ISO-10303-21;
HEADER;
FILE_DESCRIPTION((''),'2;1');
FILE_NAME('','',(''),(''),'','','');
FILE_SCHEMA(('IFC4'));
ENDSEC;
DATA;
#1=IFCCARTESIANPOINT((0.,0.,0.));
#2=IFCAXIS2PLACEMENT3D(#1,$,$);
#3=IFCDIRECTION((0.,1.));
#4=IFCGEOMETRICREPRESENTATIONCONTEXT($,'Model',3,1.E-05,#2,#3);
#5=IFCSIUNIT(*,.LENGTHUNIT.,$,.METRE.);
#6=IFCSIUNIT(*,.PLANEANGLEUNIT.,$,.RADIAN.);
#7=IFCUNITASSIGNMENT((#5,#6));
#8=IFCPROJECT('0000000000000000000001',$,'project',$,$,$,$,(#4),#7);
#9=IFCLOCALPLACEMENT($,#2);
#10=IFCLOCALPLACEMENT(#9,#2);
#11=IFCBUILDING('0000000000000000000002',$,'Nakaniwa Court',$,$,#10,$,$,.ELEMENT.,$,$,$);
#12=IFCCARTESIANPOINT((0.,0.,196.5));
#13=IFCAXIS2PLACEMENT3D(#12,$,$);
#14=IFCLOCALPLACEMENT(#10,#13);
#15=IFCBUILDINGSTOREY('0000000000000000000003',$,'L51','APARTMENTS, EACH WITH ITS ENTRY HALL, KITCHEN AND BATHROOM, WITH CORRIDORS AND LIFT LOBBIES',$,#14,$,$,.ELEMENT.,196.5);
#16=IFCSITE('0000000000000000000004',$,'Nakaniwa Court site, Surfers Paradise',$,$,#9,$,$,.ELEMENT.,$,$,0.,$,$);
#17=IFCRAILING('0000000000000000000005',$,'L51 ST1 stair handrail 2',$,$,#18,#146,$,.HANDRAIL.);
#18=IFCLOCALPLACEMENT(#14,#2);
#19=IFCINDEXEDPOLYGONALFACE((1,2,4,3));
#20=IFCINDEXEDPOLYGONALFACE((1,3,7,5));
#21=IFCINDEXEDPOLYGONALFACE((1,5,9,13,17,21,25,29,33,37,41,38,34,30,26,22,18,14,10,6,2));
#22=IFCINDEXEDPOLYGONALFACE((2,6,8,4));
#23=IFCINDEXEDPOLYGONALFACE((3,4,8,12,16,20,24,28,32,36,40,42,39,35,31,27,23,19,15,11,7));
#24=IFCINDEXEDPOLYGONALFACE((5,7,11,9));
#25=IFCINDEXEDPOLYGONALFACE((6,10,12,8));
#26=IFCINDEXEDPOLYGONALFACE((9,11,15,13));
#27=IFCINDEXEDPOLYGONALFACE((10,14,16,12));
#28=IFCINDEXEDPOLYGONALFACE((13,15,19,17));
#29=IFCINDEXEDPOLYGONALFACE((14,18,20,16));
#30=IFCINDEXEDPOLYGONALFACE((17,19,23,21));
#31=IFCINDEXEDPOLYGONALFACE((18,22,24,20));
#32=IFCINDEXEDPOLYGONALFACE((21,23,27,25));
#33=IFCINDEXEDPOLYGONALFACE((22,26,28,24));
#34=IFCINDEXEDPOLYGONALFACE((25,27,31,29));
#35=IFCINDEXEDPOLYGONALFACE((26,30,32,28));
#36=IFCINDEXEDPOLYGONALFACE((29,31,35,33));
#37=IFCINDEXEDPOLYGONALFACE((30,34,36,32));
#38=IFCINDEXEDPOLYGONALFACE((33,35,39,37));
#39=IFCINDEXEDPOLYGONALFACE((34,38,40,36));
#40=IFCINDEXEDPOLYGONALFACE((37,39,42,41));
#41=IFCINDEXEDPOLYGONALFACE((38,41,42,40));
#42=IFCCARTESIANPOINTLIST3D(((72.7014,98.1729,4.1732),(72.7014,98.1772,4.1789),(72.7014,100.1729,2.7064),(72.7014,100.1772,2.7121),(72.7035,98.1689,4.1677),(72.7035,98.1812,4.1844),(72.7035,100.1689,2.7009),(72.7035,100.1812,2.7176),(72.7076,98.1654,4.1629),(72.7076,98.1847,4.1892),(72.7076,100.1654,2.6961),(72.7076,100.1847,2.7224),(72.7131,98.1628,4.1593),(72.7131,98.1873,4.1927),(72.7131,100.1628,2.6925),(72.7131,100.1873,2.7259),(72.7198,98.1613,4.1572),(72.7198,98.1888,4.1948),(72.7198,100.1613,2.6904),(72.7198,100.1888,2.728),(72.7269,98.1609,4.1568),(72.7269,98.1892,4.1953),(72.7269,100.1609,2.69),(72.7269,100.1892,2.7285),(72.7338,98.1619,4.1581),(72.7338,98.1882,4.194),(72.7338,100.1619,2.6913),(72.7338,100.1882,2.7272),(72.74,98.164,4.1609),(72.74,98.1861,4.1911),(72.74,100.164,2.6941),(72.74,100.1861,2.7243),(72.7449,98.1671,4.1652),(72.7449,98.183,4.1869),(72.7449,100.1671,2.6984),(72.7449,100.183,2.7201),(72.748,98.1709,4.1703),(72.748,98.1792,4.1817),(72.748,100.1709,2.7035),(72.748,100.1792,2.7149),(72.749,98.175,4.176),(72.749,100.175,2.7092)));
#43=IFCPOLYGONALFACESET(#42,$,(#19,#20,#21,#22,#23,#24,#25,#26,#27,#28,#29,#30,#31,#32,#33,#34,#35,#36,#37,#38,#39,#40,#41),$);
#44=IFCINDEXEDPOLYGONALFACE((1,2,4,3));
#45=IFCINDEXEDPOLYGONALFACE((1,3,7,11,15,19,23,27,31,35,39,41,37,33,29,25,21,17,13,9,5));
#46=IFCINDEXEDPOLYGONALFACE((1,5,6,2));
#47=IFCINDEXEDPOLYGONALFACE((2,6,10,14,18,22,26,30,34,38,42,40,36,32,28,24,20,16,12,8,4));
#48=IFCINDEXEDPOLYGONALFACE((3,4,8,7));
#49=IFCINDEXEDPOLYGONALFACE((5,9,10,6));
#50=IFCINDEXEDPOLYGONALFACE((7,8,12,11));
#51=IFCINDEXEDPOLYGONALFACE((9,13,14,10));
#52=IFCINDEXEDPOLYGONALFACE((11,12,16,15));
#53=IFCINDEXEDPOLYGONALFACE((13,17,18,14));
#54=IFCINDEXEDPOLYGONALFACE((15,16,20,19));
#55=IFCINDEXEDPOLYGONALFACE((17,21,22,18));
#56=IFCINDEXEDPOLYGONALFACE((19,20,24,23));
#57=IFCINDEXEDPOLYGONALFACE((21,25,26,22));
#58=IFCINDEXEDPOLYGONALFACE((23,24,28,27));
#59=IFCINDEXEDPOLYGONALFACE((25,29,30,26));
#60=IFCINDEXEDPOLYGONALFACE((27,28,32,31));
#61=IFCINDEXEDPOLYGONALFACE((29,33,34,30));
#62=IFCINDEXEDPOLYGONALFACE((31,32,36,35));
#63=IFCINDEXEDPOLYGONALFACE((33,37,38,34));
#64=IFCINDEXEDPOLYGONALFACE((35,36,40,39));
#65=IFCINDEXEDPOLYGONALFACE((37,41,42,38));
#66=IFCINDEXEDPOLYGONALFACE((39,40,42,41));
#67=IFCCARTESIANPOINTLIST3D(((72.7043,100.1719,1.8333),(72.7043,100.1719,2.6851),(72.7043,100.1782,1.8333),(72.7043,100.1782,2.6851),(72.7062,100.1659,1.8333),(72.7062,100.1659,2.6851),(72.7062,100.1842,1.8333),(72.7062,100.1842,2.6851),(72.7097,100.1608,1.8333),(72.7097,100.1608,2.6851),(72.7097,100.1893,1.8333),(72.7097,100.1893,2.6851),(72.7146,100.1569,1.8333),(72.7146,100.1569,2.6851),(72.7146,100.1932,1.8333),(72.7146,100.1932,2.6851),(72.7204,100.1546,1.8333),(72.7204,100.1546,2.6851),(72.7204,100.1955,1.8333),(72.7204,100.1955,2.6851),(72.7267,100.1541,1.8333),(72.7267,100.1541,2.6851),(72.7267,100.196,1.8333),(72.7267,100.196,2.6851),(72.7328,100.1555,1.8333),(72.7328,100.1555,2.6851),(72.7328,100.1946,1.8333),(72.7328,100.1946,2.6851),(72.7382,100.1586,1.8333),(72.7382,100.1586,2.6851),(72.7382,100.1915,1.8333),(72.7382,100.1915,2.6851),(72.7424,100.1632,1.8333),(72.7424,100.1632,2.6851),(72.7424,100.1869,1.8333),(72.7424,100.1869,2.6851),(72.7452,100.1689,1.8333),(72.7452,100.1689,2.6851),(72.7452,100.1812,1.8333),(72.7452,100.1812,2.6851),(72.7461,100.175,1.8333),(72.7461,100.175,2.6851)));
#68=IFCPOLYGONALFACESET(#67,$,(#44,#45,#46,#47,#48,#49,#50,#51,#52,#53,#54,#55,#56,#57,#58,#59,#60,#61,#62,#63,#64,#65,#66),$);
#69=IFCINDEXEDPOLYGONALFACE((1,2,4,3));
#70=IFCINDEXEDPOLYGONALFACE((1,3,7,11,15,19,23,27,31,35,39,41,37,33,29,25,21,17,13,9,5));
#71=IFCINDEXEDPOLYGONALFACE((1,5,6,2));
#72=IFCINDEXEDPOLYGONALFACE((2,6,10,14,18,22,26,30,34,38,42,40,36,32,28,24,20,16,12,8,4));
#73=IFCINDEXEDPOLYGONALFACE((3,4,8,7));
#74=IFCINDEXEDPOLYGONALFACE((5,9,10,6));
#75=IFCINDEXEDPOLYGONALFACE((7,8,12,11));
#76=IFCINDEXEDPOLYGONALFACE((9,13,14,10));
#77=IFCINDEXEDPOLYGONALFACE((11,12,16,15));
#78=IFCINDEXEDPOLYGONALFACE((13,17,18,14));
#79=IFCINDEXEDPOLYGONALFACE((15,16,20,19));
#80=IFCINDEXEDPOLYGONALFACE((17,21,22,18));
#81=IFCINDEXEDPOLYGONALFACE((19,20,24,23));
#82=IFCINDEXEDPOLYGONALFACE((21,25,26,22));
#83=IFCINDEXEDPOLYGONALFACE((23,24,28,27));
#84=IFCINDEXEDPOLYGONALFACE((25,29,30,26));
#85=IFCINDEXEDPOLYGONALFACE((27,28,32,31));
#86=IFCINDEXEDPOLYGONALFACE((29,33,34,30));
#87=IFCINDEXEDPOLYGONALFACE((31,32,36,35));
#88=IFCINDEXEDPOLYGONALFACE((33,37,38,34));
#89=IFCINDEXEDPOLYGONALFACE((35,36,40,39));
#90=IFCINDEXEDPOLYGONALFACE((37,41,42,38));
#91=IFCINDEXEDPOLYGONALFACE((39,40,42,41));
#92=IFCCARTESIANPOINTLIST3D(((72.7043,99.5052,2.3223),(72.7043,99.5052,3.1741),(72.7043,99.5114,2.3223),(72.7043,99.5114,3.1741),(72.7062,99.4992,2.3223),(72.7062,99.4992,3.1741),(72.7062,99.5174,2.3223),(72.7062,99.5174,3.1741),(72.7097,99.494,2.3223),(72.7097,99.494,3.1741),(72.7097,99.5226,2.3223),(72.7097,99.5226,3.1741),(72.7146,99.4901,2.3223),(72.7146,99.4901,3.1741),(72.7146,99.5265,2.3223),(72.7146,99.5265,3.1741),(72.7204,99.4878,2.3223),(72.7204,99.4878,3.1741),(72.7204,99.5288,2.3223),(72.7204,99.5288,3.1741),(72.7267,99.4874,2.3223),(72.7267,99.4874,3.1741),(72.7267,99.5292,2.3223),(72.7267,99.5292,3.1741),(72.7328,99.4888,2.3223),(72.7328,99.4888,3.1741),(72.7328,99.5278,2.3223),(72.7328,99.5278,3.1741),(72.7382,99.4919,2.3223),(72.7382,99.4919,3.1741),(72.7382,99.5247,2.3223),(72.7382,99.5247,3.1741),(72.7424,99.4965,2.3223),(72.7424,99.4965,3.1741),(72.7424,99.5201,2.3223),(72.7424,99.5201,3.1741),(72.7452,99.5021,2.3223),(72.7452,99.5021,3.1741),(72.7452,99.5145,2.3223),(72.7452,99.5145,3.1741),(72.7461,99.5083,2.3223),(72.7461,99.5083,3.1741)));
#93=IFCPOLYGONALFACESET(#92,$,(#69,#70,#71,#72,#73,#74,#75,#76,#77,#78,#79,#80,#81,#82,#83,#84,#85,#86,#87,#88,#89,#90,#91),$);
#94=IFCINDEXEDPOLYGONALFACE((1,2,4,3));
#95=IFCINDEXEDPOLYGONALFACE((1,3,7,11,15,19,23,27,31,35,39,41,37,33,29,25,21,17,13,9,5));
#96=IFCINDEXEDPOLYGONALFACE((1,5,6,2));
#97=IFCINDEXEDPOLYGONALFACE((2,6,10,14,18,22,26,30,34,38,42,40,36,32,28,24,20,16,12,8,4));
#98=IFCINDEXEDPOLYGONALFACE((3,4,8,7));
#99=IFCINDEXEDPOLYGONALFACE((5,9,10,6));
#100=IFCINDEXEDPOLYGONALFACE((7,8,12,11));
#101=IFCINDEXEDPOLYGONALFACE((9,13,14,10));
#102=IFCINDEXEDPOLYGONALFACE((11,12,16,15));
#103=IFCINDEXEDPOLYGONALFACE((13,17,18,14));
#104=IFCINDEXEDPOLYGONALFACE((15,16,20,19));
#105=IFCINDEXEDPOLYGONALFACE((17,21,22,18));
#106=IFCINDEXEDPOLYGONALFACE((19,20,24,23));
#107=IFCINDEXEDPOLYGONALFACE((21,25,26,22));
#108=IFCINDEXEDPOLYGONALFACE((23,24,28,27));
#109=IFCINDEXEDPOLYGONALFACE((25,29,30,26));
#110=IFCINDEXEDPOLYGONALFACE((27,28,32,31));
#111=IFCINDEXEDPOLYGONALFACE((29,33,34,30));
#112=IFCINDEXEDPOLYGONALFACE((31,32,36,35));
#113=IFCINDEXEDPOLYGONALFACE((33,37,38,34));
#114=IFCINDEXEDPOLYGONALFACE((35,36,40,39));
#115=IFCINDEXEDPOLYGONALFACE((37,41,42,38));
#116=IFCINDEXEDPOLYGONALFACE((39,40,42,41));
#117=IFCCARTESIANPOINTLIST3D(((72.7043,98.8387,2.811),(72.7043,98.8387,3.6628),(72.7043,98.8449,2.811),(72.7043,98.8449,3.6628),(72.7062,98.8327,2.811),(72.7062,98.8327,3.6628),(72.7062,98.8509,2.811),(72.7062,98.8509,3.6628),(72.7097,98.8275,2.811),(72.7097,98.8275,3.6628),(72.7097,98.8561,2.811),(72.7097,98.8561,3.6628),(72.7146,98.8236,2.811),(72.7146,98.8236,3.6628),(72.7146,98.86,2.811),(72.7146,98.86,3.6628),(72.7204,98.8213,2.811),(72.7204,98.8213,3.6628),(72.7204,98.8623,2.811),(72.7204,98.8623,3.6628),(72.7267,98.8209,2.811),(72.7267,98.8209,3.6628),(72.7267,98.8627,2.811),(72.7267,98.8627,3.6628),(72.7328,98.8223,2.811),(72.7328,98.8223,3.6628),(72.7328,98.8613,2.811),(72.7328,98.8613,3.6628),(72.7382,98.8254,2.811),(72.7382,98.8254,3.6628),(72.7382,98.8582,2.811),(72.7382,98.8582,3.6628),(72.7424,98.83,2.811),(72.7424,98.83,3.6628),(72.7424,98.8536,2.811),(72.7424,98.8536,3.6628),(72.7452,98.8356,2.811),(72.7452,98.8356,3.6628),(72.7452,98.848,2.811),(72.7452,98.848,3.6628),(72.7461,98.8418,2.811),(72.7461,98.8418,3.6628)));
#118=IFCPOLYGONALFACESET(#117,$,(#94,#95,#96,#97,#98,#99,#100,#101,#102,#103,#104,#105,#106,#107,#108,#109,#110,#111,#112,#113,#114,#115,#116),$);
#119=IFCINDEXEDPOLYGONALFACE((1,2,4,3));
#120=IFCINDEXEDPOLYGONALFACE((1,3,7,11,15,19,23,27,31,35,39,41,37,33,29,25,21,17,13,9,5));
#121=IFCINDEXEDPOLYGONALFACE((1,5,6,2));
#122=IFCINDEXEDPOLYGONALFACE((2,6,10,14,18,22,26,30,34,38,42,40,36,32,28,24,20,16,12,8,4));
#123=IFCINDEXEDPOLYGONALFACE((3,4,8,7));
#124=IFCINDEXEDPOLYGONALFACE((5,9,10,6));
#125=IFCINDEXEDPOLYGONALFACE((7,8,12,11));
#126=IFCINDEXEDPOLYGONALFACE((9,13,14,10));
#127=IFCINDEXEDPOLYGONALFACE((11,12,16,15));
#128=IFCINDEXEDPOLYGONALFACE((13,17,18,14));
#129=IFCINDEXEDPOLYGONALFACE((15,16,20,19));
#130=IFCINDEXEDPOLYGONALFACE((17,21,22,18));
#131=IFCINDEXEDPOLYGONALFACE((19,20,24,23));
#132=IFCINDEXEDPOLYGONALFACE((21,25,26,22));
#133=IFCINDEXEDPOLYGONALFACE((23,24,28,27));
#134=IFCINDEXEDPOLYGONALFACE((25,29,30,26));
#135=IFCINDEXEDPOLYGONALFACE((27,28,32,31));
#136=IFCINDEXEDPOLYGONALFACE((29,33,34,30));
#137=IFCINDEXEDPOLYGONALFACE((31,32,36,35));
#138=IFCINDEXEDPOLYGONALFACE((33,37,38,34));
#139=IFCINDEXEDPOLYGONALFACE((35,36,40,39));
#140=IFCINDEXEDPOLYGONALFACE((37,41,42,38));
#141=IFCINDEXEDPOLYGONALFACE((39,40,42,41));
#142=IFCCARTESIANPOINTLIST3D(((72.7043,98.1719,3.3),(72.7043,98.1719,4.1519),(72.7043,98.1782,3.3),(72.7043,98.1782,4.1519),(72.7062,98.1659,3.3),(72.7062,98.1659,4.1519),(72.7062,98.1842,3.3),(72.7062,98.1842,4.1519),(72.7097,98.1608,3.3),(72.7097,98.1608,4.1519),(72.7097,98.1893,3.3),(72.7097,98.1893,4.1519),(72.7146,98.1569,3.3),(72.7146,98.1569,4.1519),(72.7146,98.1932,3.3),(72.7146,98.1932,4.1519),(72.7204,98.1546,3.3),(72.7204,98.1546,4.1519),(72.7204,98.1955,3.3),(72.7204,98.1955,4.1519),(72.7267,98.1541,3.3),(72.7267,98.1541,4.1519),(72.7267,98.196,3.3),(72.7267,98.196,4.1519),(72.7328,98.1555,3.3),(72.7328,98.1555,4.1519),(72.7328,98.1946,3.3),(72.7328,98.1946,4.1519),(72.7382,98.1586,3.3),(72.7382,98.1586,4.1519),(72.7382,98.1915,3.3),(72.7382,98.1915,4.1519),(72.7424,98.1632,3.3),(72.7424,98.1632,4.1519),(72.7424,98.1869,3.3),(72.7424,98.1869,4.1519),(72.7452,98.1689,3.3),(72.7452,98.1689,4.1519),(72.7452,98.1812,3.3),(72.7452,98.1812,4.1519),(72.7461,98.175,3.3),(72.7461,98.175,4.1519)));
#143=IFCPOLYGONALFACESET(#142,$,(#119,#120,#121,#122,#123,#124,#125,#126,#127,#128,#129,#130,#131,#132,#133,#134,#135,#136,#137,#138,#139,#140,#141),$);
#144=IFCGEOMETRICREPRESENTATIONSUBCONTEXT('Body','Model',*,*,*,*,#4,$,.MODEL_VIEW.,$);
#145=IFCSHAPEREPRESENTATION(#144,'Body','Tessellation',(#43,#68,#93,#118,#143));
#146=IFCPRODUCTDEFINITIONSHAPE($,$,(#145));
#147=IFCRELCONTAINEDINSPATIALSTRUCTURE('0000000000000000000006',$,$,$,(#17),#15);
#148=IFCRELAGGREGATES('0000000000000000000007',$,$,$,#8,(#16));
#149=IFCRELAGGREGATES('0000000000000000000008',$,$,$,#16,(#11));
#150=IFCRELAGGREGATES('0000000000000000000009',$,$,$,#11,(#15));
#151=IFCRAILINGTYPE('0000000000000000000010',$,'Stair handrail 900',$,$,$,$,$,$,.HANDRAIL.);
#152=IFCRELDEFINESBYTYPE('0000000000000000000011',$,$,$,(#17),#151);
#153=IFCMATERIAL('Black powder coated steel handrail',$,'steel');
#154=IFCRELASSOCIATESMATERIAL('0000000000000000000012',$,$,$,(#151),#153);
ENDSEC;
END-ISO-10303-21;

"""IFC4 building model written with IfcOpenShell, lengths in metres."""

from ifc_helpers import new_model, si_unit, direction, frame, origin, origin_2d, place, context, subcontext, project, spatial, circle, extrude, material, type_object, element, save


model = new_model("IFC4")

# Units and contexts
model_context = context("Model", 3, precision=1e-05, world=origin(), true_north=direction((0.0, 1.0)))
body_context = subcontext(model_context, "Body", "Model", "MODEL_VIEW")
ifc_project = project(units=[si_unit("LENGTHUNIT", "METRE"), si_unit("PLANEANGLEUNIT", "RADIAN")], contexts=[model_context])

# Site, building, storey
site_placement = place(None, origin())
site = spatial("IfcSite", under=ifc_project, at=site_placement, Name="Nakaniwa Court site, Surfers Paradise", CompositionType="ELEMENT", RefElevation=0.0)
building_placement = place(site_placement, origin())
building = spatial("IfcBuilding", under=site, at=building_placement, Name="Nakaniwa Court", CompositionType="ELEMENT")
storey_placement = place(building_placement, frame((0.0, 0.0, 196.5)))
storey = spatial("IfcBuildingStorey", under=building, at=storey_placement, Name="L51", Description="APARTMENTS, EACH WITH ITS ENTRY HALL, KITCHEN AND BATHROOM, WITH CORRIDORS AND LIFT LOBBIES", CompositionType="ELEMENT", Elevation=196.5)

# Railing
ifc_material_1 = material(Name="Black powder coated steel handrail", Category="steel")
railing_type_1 = type_object("IfcRailingType", Name="Stair handrail 900", PredefinedType="HANDRAIL", material=ifc_material_1)
railing_1_placement = place(storey_placement, frame((72.7251, 100.175, 1.8333)))
element("IfcRailing", 1, at=railing_1_placement, inside=storey, type_object=railing_type_1, Name="L51 ST1 stair handrail 2", PredefinedType="HANDRAIL", context=body_context, shape_type="SweptSolid", body=[
    extrude(circle(Radius=0.0239, at=origin_2d()), frame((0.0, 0.0, 0.876), z_axis=(0.0, -0.80638, 0.591398), x_axis=(1.0, 0.0, 0.0)), (0.0, 0.0, 1.0), 2.4802),
    extrude(circle(Radius=0.021, at=origin_2d()), origin(), (0.0, 0.0, 1.0), 0.8518),
    extrude(circle(Radius=0.021, at=origin_2d()), frame((0.0, -0.6667, 0.489)), (0.0, 0.0, 1.0), 0.8518),
    extrude(circle(Radius=0.021, at=origin_2d()), frame((0.0, -1.3333, 0.9778)), (0.0, 0.0, 1.0), 0.8518),
    extrude(circle(Radius=0.021, at=origin_2d()), frame((0.0, -2.0, 1.4668)), (0.0, 0.0, 1.0), 0.8518),
])

save(model, "model.ifc")
